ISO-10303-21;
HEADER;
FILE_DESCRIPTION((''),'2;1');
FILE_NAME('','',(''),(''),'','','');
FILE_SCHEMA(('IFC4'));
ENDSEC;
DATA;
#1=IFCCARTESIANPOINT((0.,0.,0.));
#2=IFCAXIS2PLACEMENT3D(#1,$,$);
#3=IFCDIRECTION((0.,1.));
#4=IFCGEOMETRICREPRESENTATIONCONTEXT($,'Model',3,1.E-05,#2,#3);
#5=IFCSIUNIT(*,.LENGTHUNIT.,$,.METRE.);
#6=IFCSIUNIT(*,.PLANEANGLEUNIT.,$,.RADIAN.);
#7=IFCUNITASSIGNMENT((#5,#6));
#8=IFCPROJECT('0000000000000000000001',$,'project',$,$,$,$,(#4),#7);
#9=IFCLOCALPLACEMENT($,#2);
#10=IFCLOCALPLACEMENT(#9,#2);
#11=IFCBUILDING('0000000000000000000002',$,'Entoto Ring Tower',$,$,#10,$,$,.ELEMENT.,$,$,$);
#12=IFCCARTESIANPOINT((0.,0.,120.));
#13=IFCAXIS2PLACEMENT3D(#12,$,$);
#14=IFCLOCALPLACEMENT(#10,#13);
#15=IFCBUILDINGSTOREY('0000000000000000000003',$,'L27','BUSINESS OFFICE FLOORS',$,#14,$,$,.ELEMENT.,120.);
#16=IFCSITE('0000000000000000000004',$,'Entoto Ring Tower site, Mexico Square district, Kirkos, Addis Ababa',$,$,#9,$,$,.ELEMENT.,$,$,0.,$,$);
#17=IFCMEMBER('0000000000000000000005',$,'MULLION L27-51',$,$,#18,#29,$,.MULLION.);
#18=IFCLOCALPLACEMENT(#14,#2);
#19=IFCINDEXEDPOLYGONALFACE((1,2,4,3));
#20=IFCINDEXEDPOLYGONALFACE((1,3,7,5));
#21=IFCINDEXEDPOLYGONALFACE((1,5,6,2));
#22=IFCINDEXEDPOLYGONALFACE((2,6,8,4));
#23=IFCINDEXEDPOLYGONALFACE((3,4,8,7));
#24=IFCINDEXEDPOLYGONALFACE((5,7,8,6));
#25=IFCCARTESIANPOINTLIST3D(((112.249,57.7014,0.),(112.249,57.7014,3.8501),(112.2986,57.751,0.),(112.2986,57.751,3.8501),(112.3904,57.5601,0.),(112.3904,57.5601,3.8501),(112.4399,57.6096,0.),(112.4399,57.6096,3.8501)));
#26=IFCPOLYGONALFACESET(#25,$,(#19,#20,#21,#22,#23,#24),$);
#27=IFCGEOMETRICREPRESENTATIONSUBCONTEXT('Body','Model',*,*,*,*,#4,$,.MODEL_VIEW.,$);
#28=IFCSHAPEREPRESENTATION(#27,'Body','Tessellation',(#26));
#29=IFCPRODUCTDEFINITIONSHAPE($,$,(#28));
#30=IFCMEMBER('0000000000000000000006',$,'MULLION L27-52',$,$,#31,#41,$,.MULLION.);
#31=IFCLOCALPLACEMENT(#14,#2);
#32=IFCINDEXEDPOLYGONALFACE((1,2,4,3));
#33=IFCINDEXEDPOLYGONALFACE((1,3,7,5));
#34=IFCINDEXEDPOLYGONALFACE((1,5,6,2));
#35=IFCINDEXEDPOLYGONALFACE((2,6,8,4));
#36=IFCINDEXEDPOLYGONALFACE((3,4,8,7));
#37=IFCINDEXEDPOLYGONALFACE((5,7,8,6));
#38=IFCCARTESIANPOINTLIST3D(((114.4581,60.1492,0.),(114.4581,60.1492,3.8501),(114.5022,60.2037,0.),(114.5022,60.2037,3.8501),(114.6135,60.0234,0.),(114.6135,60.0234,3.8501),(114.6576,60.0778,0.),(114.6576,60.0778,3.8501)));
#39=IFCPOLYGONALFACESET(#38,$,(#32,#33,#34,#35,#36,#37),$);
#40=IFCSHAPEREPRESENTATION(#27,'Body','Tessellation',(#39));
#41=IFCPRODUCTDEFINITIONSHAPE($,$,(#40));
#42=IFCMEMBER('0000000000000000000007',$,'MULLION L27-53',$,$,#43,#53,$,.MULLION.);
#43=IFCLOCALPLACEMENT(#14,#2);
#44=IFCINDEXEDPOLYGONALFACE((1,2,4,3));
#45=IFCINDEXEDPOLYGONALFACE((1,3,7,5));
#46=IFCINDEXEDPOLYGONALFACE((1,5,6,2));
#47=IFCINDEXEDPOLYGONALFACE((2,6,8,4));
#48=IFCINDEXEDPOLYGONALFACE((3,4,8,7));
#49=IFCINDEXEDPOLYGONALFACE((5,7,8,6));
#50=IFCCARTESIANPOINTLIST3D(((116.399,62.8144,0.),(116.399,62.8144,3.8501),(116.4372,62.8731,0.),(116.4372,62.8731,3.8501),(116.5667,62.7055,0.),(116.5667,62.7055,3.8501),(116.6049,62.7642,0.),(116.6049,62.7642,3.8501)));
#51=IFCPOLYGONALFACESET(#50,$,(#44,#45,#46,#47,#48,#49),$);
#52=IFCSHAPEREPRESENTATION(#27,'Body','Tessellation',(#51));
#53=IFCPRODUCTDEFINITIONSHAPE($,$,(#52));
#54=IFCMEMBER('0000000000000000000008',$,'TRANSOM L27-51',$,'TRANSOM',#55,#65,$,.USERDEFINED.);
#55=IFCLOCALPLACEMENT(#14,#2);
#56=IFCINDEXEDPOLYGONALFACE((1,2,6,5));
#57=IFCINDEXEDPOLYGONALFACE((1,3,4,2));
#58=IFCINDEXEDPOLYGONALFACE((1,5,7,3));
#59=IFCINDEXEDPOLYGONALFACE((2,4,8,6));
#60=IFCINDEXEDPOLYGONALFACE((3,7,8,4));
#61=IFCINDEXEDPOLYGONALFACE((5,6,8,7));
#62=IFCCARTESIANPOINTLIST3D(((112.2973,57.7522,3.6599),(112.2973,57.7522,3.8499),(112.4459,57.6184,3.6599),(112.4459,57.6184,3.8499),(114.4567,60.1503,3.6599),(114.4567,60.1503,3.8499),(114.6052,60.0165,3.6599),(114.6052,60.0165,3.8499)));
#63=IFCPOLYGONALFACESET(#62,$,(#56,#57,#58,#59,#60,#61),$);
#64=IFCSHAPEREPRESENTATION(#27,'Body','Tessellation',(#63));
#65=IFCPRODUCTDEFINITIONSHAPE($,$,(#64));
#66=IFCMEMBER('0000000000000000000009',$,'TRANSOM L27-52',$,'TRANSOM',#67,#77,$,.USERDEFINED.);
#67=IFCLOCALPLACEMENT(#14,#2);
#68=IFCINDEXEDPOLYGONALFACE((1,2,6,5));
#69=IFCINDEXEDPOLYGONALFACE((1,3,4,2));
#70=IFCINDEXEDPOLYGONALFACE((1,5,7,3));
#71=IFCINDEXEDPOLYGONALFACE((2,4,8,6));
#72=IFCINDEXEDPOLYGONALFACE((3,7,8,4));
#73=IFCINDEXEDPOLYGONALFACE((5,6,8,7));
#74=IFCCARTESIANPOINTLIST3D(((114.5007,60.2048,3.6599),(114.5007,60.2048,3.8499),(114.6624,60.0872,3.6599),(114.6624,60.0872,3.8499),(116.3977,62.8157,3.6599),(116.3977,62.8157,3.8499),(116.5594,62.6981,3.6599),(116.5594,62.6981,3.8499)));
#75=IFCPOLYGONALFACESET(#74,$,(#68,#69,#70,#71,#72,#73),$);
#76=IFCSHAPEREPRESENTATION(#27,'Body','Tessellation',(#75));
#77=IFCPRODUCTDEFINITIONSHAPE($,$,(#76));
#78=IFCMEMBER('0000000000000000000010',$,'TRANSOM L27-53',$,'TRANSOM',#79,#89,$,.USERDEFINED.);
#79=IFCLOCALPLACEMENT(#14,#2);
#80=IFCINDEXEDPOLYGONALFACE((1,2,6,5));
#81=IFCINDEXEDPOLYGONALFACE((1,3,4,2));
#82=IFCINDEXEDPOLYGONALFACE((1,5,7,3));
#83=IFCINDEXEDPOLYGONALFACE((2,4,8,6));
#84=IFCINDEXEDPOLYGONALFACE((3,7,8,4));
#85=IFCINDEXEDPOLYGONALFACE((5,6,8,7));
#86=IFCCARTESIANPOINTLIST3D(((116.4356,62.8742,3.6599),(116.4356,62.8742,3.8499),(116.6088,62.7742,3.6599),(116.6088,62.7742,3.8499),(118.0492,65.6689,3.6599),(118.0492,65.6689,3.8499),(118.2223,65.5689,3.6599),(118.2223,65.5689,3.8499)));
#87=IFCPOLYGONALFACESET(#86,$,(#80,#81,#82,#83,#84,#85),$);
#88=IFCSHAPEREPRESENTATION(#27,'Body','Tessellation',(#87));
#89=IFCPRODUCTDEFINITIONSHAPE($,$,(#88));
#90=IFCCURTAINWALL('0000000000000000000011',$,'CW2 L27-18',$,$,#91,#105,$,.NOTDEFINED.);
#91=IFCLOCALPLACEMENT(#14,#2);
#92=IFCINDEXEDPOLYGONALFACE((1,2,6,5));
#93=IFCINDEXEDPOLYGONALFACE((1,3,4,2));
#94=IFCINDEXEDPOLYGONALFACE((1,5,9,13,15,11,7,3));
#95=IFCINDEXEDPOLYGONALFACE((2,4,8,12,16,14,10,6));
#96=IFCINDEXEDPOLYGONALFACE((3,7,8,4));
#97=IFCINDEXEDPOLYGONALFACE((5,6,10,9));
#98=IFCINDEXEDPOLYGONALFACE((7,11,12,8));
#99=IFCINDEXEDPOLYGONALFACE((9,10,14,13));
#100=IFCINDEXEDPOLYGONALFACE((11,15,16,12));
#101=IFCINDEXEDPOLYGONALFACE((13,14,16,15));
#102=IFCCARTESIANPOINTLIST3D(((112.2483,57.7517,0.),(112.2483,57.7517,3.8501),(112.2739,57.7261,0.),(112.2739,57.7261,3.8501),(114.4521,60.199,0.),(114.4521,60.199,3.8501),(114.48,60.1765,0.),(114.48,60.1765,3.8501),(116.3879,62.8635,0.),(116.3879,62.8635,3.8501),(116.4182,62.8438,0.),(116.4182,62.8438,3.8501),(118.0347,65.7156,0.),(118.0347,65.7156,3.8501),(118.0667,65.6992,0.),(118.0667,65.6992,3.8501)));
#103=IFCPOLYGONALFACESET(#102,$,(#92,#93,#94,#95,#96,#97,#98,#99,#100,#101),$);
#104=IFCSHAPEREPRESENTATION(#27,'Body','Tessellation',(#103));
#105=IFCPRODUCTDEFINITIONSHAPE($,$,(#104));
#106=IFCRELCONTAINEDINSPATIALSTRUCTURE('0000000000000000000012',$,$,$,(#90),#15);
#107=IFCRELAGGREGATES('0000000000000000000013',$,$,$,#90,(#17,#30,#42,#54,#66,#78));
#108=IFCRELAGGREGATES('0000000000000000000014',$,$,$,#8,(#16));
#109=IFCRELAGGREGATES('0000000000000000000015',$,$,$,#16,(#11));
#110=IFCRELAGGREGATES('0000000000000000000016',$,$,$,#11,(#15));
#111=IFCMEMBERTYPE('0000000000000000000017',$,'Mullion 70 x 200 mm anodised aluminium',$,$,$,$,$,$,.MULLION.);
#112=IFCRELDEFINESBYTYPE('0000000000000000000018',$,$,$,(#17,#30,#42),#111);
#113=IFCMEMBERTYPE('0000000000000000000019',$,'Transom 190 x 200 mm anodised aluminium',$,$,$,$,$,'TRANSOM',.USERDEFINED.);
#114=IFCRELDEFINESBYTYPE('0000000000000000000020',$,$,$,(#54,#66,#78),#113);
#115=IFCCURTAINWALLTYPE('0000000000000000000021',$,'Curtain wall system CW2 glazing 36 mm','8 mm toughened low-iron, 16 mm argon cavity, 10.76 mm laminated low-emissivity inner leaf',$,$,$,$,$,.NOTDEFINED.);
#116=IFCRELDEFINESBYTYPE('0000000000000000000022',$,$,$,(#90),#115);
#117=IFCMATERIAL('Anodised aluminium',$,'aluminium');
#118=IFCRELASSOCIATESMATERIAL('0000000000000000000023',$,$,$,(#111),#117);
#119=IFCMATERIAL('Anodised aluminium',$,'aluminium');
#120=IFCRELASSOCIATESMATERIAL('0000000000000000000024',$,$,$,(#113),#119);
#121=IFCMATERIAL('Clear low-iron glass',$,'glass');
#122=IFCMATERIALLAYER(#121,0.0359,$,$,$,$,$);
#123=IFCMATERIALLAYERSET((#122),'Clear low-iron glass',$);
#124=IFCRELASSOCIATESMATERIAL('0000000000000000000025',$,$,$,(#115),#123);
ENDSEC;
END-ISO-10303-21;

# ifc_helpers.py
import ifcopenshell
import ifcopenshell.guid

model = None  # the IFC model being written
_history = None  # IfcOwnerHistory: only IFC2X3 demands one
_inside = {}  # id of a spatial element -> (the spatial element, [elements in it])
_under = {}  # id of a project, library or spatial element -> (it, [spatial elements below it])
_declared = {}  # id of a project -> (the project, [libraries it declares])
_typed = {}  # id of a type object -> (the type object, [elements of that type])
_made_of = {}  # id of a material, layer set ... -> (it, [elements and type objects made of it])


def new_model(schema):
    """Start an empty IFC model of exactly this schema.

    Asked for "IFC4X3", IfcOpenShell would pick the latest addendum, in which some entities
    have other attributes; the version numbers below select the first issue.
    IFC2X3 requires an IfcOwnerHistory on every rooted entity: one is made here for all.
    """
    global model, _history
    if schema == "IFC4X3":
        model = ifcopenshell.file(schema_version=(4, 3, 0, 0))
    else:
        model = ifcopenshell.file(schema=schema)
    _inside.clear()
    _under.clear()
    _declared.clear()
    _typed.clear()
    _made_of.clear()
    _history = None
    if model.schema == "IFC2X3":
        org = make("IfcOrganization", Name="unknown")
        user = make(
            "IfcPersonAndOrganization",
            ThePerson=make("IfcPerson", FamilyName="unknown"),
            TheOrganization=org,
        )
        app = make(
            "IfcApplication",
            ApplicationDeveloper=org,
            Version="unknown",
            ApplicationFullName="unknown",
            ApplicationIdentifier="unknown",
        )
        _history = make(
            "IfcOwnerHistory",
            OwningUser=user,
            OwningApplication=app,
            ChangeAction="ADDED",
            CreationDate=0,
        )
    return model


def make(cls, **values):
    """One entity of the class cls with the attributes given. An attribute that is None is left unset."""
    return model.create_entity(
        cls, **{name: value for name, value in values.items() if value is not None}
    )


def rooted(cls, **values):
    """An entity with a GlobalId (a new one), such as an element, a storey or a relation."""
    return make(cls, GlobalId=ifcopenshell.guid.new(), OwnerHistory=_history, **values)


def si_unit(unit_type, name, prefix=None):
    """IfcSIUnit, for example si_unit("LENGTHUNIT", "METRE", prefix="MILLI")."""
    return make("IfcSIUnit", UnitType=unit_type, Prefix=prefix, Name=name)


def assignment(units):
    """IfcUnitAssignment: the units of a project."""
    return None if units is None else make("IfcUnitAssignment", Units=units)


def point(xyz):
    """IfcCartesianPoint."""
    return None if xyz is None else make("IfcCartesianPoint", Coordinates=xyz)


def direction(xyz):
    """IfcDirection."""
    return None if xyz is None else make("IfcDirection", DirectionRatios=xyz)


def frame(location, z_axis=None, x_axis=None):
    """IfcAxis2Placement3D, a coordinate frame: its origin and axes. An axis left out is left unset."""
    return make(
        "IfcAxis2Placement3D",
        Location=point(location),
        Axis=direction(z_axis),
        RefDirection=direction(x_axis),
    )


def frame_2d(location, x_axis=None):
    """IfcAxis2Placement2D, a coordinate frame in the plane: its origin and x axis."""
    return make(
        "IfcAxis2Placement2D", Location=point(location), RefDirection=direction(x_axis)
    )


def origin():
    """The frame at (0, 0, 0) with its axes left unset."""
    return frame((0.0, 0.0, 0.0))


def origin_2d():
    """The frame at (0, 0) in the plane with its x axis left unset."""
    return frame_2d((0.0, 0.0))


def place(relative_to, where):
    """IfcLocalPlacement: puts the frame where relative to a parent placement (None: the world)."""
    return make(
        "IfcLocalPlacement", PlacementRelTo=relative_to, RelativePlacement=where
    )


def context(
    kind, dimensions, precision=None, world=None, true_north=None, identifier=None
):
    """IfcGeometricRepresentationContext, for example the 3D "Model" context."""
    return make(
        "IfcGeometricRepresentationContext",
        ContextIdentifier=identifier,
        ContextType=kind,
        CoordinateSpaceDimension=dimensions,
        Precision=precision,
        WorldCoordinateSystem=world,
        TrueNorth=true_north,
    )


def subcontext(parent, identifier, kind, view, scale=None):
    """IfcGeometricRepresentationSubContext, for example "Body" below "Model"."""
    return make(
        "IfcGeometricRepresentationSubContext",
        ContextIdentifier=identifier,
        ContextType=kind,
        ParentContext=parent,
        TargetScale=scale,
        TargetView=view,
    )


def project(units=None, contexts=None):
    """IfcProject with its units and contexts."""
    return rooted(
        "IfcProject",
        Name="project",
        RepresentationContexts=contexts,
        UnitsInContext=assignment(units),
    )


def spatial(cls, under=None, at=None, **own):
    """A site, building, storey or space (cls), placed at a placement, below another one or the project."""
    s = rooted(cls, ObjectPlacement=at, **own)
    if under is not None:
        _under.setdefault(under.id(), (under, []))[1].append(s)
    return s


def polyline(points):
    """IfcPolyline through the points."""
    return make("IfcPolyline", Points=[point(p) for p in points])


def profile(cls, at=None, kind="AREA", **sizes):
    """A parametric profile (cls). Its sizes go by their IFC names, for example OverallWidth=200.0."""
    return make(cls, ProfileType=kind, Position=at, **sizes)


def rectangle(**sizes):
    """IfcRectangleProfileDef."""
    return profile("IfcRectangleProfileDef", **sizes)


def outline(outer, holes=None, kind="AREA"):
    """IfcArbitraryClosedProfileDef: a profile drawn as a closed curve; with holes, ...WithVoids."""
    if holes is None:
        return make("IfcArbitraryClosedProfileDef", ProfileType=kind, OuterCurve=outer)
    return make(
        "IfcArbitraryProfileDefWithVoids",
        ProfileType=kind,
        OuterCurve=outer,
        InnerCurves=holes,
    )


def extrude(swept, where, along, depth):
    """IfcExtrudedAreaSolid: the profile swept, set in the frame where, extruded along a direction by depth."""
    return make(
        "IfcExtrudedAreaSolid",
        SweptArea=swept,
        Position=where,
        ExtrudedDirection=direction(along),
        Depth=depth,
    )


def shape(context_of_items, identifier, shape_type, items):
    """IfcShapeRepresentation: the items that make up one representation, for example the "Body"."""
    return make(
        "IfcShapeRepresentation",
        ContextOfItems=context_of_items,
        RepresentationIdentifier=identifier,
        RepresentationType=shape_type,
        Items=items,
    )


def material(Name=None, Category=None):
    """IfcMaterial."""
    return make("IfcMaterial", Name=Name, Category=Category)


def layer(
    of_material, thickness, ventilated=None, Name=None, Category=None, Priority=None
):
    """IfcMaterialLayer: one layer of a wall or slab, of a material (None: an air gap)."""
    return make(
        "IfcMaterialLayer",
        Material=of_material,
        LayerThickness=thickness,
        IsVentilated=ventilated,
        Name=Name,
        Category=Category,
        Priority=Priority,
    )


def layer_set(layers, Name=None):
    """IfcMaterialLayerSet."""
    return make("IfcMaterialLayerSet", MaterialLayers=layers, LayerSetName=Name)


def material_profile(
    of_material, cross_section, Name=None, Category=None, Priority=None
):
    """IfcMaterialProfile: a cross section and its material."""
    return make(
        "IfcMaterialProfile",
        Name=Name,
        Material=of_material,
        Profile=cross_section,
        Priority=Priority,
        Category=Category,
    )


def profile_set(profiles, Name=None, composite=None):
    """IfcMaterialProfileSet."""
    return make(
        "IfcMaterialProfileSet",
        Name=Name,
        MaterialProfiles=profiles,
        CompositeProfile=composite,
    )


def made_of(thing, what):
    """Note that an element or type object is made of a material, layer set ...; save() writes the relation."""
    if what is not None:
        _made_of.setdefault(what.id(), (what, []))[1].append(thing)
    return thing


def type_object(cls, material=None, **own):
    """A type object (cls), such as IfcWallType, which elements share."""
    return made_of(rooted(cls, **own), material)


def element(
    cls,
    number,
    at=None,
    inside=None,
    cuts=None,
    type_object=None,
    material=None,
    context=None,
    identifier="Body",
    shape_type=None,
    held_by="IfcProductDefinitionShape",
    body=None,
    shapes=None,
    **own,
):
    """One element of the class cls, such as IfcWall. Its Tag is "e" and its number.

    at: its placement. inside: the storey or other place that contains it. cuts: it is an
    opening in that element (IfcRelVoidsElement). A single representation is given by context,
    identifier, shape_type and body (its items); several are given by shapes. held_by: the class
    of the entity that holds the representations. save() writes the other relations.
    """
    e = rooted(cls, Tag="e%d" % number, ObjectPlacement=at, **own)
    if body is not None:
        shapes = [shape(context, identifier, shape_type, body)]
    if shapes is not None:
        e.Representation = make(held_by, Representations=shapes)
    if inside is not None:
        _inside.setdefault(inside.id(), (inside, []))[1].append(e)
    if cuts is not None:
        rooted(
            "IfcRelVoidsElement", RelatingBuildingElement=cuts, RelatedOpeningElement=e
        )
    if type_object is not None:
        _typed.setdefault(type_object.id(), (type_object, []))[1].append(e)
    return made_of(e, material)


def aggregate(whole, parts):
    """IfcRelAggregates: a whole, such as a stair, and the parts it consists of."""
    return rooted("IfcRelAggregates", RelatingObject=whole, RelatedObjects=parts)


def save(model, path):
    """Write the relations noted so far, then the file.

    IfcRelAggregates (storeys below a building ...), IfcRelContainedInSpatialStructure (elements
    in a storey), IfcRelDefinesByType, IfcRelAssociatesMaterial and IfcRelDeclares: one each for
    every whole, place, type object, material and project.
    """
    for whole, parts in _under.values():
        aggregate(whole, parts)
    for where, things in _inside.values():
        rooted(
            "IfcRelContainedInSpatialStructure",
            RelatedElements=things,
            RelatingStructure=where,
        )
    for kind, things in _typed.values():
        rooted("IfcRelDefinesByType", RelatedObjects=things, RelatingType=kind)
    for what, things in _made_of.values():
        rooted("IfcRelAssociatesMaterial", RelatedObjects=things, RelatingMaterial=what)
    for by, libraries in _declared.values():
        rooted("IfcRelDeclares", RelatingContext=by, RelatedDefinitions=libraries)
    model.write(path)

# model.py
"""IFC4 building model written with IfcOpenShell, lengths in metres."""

from ifc_helpers import new_model, si_unit, direction, frame, origin, origin_2d, place, context, subcontext, project, spatial, polyline, rectangle, outline, extrude, material, layer, layer_set, material_profile, profile_set, type_object, element, aggregate, save


model = new_model("IFC4")

# Units and contexts
model_context = context("Model", 3, precision=1e-05, world=origin(), true_north=direction((0.0, 1.0)))
body_context = subcontext(model_context, "Body", "Model", "MODEL_VIEW")
ifc_project = project(units=[si_unit("LENGTHUNIT", "METRE"), si_unit("PLANEANGLEUNIT", "RADIAN")], contexts=[model_context])

# Members
ifc_material_1 = material(Name="Anodised aluminium", Category="aluminium")
ifc_material_profile_1 = material_profile(ifc_material_1, rectangle(XDim=0.0701, YDim=0.2, at=origin_2d()), Name="Mullion 70 x 200 mm anodised aluminium")
ifc_profile_set_1 = profile_set([ifc_material_profile_1], Name="Anodised aluminium")
member_type_1 = type_object("IfcMemberType", Name="Mullion 70 x 200 mm anodised aluminium", PredefinedType="MULLION", material=ifc_profile_set_1)
site_placement = place(None, origin())
building_placement = place(site_placement, origin())
storey_placement = place(building_placement, frame((0.0, 0.0, 120.0)))
member_1_placement = place(storey_placement, frame((112.3445, 57.6555, 0.0), z_axis=(0.0, 0.0, 1.0), x_axis=(0.707107, 0.707107, 0.0)))
member_1 = element("IfcMember", 1, at=member_1_placement, type_object=member_type_1, Name="MULLION L27-51", PredefinedType="MULLION", context=body_context, shape_type="SweptSolid", body=[
    extrude(rectangle(XDim=0.0701, YDim=0.2, at=origin_2d()), origin(), (0.0, 0.0, 1.0), 3.8501),
])
member_2_placement = place(storey_placement, frame((114.5579, 60.1135, 0.0), z_axis=(0.0, 0.0, 1.0), x_axis=(0.62932, 0.777146, 0.0)))
member_2 = element("IfcMember", 2, at=member_2_placement, type_object=member_type_1, Name="MULLION L27-52", PredefinedType="MULLION", context=body_context, shape_type="SweptSolid", body=[
    extrude(rectangle(XDim=0.0701, YDim=0.2, at=origin_2d()), origin(), (0.0, 0.0, 1.0), 3.8501),
])
member_3_placement = place(storey_placement, frame((116.502, 62.7893, 0.0), z_axis=(0.0, 0.0, 1.0), x_axis=(0.544639, 0.838671, 0.0)))
member_3 = element("IfcMember", 3, at=member_3_placement, type_object=member_type_1, Name="MULLION L27-53", PredefinedType="MULLION", context=body_context, shape_type="SweptSolid", body=[
    extrude(rectangle(XDim=0.0701, YDim=0.2, at=origin_2d()), origin(), (0.0, 0.0, 1.0), 3.8501),
])
ifc_material_2 = material(Name="Anodised aluminium", Category="aluminium")
ifc_material_profile_2 = material_profile(ifc_material_2, rectangle(XDim=0.2, YDim=0.1899, at=origin_2d()), Name="Transom 190 x 200 mm anodised aluminium")
ifc_profile_set_2 = profile_set([ifc_material_profile_2], Name="Anodised aluminium")
member_type_2 = type_object("IfcMemberType", Name="Transom 190 x 200 mm anodised aluminium", ElementType="TRANSOM", PredefinedType="USERDEFINED", material=ifc_profile_set_2)
member_4_placement = place(storey_placement, frame((112.3716, 57.6853, 3.7549), z_axis=(0.669144, 0.743132, 0.0), x_axis=(-0.743132, 0.669144, 0.0)))
member_4 = element("IfcMember", 4, at=member_4_placement, type_object=member_type_2, Name="TRANSOM L27-51", ObjectType="TRANSOM", PredefinedType="USERDEFINED", context=body_context, shape_type="SweptSolid", body=[
    extrude(rectangle(XDim=0.2, YDim=0.1899, at=origin_2d()), origin(), (0.0, 0.0, 1.0), 3.2271),
])
member_5_placement = place(storey_placement, frame((114.5815, 60.146, 3.7549), z_axis=(0.587803, 0.809004, 0.0), x_axis=(-0.809004, 0.587803, 0.0)))
member_5 = element("IfcMember", 5, at=member_5_placement, type_object=member_type_2, Name="TRANSOM L27-52", ObjectType="TRANSOM", PredefinedType="USERDEFINED", context=body_context, shape_type="SweptSolid", body=[
    extrude(rectangle(XDim=0.2, YDim=0.1899, at=origin_2d()), origin(), (0.0, 0.0, 1.0), 3.2273),
])
member_6_placement = place(storey_placement, frame((116.5222, 62.8242, 3.7549), z_axis=(0.500004, 0.866023, 0.0), x_axis=(-0.866023, 0.500004, 0.0)))
member_6 = element("IfcMember", 6, at=member_6_placement, type_object=member_type_2, Name="TRANSOM L27-53", ObjectType="TRANSOM", PredefinedType="USERDEFINED", context=body_context, shape_type="SweptSolid", body=[
    extrude(rectangle(XDim=0.2, YDim=0.1899, at=origin_2d()), origin(), (0.0, 0.0, 1.0), 3.2271),
])

# Site, building, storey
site = spatial("IfcSite", under=ifc_project, at=site_placement, Name="Entoto Ring Tower site, Mexico Square district, Kirkos, Addis Ababa", CompositionType="ELEMENT", RefElevation=0.0)
building = spatial("IfcBuilding", under=site, at=building_placement, Name="Entoto Ring Tower", CompositionType="ELEMENT")
storey = spatial("IfcBuildingStorey", under=building, at=storey_placement, Name="L27", Description="BUSINESS OFFICE FLOORS", CompositionType="ELEMENT", Elevation=120.0)

# Curtain wall
ifc_material_3 = material(Name="Clear low-iron glass", Category="glass")
ifc_layer_1 = layer(ifc_material_3, 0.0359)
ifc_layer_set_1 = layer_set([ifc_layer_1], Name="Clear low-iron glass")
curtain_wall_type = type_object("IfcCurtainWallType", Name="Curtain wall system CW2 glazing 36 mm", Description="8 mm toughened low-iron, 16 mm argon cavity, 10.76 mm laminated low-emissivity inner leaf", PredefinedType="NOTDEFINED", material=ifc_layer_set_1)
curtain_wall_1_placement = place(storey_placement, origin())
curtain_wall_1 = element("IfcCurtainWall", 7, at=curtain_wall_1_placement, inside=storey, type_object=curtain_wall_type, Name="CW2 L27-18", PredefinedType="NOTDEFINED", context=body_context, shape_type="SweptSolid", body=[
    extrude(outline(polyline([(112.2739, 57.7261), (114.48, 60.1765), (116.4182, 62.8438), (118.0667, 65.6992), (118.0347, 65.7156), (116.3879, 62.8635), (114.4521, 60.199), (112.2483, 57.7517), (112.2739, 57.7261)])), origin(), (0.0, 0.0, 1.0), 3.8501),
])
aggregate(curtain_wall_1, [member_1, member_2, member_3, member_4, member_5, member_6])

save(model, "model.ifc")
